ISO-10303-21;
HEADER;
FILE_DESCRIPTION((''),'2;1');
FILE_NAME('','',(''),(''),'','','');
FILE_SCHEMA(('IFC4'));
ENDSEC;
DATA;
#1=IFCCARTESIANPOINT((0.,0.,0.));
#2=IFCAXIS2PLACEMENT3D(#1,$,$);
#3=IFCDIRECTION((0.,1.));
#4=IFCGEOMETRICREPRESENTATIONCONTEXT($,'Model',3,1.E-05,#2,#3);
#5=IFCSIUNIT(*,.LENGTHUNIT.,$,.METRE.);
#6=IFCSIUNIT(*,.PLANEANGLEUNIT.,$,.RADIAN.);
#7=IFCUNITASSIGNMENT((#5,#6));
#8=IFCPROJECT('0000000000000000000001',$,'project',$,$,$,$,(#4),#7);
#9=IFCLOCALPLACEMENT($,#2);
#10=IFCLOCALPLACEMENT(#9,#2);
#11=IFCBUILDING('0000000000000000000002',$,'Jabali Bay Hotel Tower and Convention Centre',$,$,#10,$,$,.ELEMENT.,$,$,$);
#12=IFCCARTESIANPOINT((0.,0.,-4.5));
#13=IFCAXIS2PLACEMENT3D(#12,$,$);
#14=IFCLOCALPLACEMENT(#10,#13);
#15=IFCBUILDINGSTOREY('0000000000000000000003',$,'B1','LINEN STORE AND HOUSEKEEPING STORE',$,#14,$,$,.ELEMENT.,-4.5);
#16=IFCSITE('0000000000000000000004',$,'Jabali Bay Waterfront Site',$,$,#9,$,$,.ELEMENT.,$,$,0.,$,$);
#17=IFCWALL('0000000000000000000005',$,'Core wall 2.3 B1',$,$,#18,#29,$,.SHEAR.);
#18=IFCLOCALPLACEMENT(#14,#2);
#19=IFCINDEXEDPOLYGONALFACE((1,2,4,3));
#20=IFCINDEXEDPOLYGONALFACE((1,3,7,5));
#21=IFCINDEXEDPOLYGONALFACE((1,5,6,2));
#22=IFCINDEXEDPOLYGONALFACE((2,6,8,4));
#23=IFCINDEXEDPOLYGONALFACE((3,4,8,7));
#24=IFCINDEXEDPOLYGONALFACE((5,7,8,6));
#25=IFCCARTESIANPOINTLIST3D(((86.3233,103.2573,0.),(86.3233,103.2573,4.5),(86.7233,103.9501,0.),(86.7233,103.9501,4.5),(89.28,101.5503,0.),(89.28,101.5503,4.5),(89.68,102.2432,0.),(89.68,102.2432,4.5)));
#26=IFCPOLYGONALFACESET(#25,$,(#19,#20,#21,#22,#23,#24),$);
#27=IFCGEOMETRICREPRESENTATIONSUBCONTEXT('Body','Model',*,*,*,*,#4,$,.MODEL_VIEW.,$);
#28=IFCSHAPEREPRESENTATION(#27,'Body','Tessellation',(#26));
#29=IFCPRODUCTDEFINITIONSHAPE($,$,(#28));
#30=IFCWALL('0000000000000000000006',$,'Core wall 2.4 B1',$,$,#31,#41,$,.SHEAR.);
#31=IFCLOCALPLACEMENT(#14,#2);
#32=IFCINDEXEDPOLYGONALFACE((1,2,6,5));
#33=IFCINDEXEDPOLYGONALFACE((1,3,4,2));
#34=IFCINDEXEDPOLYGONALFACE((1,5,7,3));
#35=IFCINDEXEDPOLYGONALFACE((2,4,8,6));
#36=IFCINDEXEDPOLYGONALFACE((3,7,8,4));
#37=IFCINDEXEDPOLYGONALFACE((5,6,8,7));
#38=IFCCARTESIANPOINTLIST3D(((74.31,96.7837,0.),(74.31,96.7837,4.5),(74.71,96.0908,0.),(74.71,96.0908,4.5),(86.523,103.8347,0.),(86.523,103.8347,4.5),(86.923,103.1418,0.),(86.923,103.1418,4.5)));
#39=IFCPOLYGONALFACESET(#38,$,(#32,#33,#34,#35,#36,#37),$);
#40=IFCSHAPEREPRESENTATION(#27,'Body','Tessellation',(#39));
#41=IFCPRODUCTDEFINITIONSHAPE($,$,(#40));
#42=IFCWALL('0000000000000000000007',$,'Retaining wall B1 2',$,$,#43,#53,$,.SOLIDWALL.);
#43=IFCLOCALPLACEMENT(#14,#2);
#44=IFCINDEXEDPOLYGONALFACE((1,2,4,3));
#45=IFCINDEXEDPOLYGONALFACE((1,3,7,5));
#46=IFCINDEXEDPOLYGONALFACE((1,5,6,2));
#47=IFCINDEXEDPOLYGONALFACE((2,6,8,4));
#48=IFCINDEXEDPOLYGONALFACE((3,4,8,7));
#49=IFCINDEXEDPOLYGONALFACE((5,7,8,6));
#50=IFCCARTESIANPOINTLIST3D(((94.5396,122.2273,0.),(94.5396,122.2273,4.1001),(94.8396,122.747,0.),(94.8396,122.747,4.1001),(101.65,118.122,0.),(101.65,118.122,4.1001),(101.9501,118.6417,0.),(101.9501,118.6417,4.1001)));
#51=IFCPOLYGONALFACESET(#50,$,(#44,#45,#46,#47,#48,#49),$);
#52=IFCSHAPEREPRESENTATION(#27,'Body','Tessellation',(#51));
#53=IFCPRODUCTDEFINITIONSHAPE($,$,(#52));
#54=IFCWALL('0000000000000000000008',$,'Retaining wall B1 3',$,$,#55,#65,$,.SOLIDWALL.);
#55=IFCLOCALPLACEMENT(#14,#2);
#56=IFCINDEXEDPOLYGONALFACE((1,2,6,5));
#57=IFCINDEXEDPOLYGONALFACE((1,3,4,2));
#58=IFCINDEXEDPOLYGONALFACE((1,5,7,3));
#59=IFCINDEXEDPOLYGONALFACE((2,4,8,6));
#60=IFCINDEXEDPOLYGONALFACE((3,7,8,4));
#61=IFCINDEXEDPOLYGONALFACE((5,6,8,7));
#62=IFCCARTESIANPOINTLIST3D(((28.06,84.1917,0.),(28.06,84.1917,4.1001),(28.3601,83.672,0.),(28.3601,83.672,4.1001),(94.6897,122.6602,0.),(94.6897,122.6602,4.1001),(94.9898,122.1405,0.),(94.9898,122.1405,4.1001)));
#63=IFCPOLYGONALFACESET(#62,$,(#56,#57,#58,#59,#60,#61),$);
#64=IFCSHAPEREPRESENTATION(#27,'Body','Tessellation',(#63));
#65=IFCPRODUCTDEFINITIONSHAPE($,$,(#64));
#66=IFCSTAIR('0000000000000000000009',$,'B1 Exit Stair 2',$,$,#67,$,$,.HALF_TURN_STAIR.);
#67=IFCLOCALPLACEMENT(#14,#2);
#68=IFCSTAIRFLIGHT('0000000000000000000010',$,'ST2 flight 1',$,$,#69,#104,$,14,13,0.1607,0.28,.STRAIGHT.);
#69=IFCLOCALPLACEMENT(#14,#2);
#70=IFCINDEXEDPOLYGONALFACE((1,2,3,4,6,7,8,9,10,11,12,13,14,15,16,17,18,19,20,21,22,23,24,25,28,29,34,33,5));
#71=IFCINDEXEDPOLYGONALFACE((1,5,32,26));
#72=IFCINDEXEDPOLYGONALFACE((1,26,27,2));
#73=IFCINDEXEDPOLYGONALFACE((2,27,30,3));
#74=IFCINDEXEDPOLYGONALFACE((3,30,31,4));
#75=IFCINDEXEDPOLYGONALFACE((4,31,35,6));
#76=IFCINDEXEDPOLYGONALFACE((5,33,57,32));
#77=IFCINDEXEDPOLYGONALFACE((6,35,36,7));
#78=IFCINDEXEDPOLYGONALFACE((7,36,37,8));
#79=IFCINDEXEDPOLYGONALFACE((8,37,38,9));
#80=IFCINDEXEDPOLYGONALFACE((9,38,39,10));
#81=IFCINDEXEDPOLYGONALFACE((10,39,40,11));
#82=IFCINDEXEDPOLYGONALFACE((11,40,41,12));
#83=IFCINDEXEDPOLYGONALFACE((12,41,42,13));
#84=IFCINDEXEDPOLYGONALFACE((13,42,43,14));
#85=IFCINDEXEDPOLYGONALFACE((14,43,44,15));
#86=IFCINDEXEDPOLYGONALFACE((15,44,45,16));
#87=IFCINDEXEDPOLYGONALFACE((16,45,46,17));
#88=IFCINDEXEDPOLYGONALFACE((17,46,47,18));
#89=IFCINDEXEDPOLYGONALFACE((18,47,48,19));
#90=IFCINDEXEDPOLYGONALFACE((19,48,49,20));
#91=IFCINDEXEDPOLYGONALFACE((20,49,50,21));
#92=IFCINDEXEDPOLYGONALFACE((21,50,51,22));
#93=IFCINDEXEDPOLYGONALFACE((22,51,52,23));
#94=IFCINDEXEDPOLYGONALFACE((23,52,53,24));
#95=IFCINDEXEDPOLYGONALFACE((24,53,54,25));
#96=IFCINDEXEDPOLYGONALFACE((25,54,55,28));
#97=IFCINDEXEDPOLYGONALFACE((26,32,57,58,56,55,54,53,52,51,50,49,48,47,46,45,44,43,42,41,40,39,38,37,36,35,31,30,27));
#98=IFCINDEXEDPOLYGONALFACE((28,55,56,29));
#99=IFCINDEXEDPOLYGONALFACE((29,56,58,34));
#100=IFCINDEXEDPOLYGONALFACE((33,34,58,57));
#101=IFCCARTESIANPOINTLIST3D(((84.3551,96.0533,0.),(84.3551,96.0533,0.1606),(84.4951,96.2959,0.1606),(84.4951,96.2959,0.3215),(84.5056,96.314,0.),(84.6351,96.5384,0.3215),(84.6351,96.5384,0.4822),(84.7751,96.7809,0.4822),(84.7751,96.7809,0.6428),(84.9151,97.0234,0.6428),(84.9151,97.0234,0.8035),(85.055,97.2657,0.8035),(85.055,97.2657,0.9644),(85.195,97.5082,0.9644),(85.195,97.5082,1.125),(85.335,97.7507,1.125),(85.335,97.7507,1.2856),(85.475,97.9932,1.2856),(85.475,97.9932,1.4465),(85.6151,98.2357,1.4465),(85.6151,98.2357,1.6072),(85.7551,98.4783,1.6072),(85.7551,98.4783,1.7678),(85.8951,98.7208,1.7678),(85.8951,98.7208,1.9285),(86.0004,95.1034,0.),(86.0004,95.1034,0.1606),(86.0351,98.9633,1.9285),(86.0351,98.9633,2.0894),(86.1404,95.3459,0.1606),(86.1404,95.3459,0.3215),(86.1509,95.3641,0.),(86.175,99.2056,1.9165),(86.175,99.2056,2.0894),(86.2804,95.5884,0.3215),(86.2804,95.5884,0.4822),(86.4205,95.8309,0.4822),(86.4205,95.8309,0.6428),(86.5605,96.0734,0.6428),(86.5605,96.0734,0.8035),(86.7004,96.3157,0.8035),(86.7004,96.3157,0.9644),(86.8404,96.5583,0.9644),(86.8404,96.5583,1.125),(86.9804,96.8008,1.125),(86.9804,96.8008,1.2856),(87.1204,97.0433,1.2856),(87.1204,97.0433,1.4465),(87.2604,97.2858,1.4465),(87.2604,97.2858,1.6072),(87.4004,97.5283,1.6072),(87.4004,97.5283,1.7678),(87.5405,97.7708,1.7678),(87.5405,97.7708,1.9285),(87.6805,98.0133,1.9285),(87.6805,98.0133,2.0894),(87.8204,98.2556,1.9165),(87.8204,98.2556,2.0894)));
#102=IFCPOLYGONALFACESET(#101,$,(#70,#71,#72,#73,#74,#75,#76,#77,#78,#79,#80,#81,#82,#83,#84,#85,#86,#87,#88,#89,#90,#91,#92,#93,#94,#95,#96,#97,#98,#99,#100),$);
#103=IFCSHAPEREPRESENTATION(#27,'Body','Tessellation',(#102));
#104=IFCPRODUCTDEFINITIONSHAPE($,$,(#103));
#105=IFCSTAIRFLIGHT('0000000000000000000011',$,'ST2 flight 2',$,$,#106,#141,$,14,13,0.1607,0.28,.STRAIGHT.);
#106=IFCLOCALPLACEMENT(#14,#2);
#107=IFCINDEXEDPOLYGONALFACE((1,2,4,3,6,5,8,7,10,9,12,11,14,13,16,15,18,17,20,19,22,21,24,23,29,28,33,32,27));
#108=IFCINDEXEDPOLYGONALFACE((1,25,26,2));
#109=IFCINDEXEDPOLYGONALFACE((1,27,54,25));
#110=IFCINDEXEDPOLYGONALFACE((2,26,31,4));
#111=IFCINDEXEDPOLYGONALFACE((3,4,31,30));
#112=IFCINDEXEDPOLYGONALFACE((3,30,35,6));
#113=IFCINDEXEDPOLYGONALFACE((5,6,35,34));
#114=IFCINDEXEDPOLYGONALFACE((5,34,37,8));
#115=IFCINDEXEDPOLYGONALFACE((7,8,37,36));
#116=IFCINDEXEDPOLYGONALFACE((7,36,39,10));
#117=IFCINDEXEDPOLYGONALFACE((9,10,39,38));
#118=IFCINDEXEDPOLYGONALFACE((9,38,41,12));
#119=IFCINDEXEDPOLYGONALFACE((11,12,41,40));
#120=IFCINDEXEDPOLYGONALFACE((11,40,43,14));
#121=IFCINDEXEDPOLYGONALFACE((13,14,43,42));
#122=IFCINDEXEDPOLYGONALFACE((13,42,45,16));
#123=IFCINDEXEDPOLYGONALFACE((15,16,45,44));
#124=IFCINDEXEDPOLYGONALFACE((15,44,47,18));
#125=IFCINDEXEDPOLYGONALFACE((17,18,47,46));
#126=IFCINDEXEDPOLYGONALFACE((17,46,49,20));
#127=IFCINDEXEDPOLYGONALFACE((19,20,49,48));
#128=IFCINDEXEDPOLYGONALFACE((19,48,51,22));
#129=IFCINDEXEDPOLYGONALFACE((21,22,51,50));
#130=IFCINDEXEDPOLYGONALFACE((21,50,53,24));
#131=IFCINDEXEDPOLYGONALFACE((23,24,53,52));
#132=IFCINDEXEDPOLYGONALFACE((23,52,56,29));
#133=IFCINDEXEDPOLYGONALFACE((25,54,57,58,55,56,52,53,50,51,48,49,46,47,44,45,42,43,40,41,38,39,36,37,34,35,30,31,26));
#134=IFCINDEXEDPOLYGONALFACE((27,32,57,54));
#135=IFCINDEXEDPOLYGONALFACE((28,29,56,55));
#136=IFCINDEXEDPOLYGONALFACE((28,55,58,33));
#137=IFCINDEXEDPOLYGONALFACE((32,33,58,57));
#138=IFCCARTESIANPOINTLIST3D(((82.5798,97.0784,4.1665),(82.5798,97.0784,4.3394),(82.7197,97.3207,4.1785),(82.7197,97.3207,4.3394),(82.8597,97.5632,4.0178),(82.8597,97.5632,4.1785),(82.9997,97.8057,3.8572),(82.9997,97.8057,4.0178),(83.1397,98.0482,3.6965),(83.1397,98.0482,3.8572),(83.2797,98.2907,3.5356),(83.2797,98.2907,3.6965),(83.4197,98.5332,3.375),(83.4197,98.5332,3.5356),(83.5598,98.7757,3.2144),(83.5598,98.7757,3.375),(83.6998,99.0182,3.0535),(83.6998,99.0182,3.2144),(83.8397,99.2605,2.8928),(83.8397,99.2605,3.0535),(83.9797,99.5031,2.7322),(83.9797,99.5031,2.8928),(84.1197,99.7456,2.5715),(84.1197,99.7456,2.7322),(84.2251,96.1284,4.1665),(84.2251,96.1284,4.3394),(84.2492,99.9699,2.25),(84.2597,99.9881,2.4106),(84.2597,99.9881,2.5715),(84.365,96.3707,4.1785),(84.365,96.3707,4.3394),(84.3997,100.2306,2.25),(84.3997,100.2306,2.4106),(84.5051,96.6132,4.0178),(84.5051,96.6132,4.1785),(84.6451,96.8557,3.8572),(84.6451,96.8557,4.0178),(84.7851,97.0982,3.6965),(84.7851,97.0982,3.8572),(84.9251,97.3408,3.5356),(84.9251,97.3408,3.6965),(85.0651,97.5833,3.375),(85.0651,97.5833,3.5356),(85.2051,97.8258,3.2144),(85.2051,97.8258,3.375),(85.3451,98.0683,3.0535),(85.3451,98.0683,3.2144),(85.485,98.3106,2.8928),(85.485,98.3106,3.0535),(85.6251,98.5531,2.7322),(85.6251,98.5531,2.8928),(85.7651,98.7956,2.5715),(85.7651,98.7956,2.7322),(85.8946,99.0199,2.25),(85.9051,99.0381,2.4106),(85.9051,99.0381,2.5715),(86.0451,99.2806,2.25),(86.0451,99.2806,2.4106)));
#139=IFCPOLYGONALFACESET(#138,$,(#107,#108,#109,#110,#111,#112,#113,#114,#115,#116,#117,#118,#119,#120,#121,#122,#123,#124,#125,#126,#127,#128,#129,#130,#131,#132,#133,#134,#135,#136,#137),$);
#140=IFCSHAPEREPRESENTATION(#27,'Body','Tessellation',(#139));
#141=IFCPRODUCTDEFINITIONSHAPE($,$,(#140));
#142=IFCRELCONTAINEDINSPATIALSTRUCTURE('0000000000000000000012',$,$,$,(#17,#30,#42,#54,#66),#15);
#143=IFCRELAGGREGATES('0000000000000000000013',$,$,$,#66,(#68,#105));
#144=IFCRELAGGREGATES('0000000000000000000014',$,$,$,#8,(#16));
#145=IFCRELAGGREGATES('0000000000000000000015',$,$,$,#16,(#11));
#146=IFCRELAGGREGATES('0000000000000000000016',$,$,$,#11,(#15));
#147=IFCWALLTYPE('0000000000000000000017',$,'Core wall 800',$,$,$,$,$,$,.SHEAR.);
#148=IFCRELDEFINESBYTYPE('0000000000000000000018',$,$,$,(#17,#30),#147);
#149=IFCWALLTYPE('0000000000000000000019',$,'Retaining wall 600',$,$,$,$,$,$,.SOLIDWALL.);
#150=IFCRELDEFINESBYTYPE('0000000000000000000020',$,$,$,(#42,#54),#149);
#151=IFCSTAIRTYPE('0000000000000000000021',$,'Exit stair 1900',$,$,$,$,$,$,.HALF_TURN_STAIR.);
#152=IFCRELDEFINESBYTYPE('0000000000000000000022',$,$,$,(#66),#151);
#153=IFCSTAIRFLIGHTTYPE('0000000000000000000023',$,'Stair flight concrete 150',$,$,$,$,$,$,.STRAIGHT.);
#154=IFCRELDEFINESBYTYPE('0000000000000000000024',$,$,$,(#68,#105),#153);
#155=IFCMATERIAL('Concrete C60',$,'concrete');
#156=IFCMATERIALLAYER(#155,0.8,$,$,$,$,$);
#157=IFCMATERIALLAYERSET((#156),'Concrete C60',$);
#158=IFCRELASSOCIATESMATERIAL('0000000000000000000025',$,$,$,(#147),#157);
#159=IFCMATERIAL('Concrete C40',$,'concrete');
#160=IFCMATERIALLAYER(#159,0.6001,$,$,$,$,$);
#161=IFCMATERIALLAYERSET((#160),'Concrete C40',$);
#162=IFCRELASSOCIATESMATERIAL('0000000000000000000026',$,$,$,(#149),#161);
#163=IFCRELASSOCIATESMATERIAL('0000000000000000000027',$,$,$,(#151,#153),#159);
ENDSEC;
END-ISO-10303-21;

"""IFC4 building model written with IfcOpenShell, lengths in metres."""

from ifc_helpers import new_model, si_unit, direction, frame, frame_2d, origin, place, context, subcontext, project, spatial, polyline, rectangle, outline, extrude, material, layer, layer_set, type_object, element, aggregate, save


model = new_model("IFC4")

# Units and contexts
model_context = context("Model", 3, precision=1e-05, world=origin(), true_north=direction((0.0, 1.0)))
body_context = subcontext(model_context, "Body", "Model", "MODEL_VIEW")
ifc_project = project(units=[si_unit("LENGTHUNIT", "METRE"), si_unit("PLANEANGLEUNIT", "RADIAN")], contexts=[model_context])

# Site, building, storey
site_placement = place(None, origin())
site = spatial("IfcSite", under=ifc_project, at=site_placement, Name="Jabali Bay Waterfront Site", CompositionType="ELEMENT", RefElevation=0.0)
building_placement = place(site_placement, origin())
building = spatial("IfcBuilding", under=site, at=building_placement, Name="Jabali Bay Hotel Tower and Convention Centre", CompositionType="ELEMENT")
storey_placement = place(building_placement, frame((0.0, 0.0, -4.5)))
storey = spatial("IfcBuildingStorey", under=building, at=storey_placement, Name="B1", Description="LINEN STORE AND HOUSEKEEPING STORE", CompositionType="ELEMENT", Elevation=-4.5)

# Shared definitions
ifc_material_1 = material(Name="Concrete C60", Category="concrete")

# Shared definitions
ifc_material_2 = material(Name="Concrete C40", Category="concrete")

# Walls
ifc_layer_1 = layer(ifc_material_1, 0.8)
ifc_layer_set_1 = layer_set([ifc_layer_1], Name="Concrete C60")
wall_type_1 = type_object("IfcWallType", Name="Core wall 800", PredefinedType="SHEAR", material=ifc_layer_set_1)
wall_1_placement = place(storey_placement, frame((89.48, 101.8967, 0.0), z_axis=(0.0, 0.0, 1.0), x_axis=(-0.866034, 0.499984, 0.0)))
element("IfcWall", 1, at=wall_1_placement, inside=storey, type_object=wall_type_1, Name="Core wall 2.3 B1", PredefinedType="SHEAR", context=body_context, shape_type="SweptSolid", body=[
    extrude(rectangle(XDim=3.4141, YDim=0.8, at=frame_2d((1.707, 0.0))), origin(), (0.0, 0.0, 1.0), 4.5),
])
wall_2_placement = place(storey_placement, frame((86.7231, 103.4883, 0.0), z_axis=(0.0, 0.0, 1.0), x_axis=(-0.866033, -0.499988, 0.0)))
element("IfcWall", 2, at=wall_2_placement, inside=storey, type_object=wall_type_1, Name="Core wall 2.4 B1", PredefinedType="SHEAR", context=body_context, shape_type="SweptSolid", body=[
    extrude(rectangle(XDim=14.1023, YDim=0.8, at=frame_2d((7.0513, 0.0))), origin(), (0.0, 0.0, 1.0), 4.5),
])
ifc_layer_2 = layer(ifc_material_2, 0.6001)
ifc_layer_set_2 = layer_set([ifc_layer_2], Name="Concrete C40")
wall_type_2 = type_object("IfcWallType", Name="Retaining wall 600", PredefinedType="SOLIDWALL", material=ifc_layer_set_2)
wall_3_placement = place(storey_placement, frame((101.8, 118.3818, 0.0), z_axis=(0.0, 0.0, 1.0), x_axis=(-0.866022, 0.500006, 0.0)))
element("IfcWall", 3, at=wall_3_placement, inside=storey, type_object=wall_type_2, Name="Retaining wall B1 2", PredefinedType="SOLIDWALL", context=body_context, shape_type="SweptSolid", body=[
    extrude(rectangle(XDim=8.2104, YDim=0.6001, at=frame_2d((4.1052, 0.0))), origin(), (0.0, 0.0, 1.0), 4.1001),
])
wall_4_placement = place(storey_placement, frame((94.8398, 122.4004, 0.0), z_axis=(0.0, 0.0, 1.0), x_axis=(-0.866026, -0.499999, 0.0)))
element("IfcWall", 4, at=wall_4_placement, inside=storey, type_object=wall_type_2, Name="Retaining wall B1 3", PredefinedType="SOLIDWALL", context=body_context, shape_type="SweptSolid", body=[
    extrude(rectangle(XDim=76.9373, YDim=0.6001, at=frame_2d((38.4688, 0.0))), origin(), (0.0, 0.0, 1.0), 4.1001),
])

# Stair, stair flights
stair_type = type_object("IfcStairType", Name="Exit stair 1900", PredefinedType="HALF_TURN_STAIR", material=ifc_material_2)
stair_placement = place(storey_placement, origin())
stair = element("IfcStair", 5, at=stair_placement, inside=storey, type_object=stair_type, Name="B1 Exit Stair 2", PredefinedType="HALF_TURN_STAIR")
stair_flight_type = type_object("IfcStairFlightType", Name="Stair flight concrete 150", PredefinedType="STRAIGHT", material=ifc_material_2)
stair_flight_1_placement = place(storey_placement, frame((85.1777, 95.5784, 0.0), z_axis=(0.0, 0.0, 1.0), x_axis=(0.5, 0.866025, 0.0)))
stair_flight_1 = element("IfcStairFlight", 6, at=stair_flight_1_placement, type_object=stair_flight_type, Name="ST2 flight 1", NumberOfRisers=14, NumberOfTreads=13, PredefinedType="STRAIGHT", RiserHeight=0.1607, TreadLength=0.28, context=body_context, shape_type="SweptSolid", body=[
    extrude(outline(polyline([(0.0, 0.0), (0.0, 0.1606), (0.28, 0.1606), (0.28, 0.3215), (0.5601, 0.3215), (0.5601, 0.4822), (0.8401, 0.4822), (0.8401, 0.6428), (1.1201, 0.6428), (1.1201, 0.8035), (1.3999, 0.8035), (1.3999, 0.9644), (1.6799, 0.9644), (1.6799, 1.125), (1.96, 1.125), (1.96, 1.2856), (2.24, 1.2856), (2.24, 1.4465), (2.52, 1.4465), (2.52, 1.6072), (2.8, 1.6072), (2.8, 1.7678), (3.0801, 1.7678), (3.0801, 1.9285), (3.3601, 1.9285), (3.3601, 2.0894), (3.6399, 2.0894), (3.6399, 2.25), (3.6399, 1.9165), (0.301, 0.0), (0.0, 0.0)])), frame((0.0, 0.95, 0.0), z_axis=(0.0, -1.0, 0.0), x_axis=(1.0, 0.0, 0.0)), (0.0, 0.0, 1.0), 1.8999),
])
stair_flight_2_placement = place(storey_placement, frame((85.2224, 99.7556, 2.25), z_axis=(0.0, 0.0, 1.0), x_axis=(-0.5, -0.866025, 0.0)))
stair_flight_2 = element("IfcStairFlight", 7, at=stair_flight_2_placement, type_object=stair_flight_type, Name="ST2 flight 2", NumberOfRisers=14, NumberOfTreads=13, PredefinedType="STRAIGHT", RiserHeight=0.1607, TreadLength=0.28, context=body_context, shape_type="SweptSolid", body=[
    extrude(outline(polyline([(0.0, 0.0), (0.0, 0.1606), (0.28, 0.1606), (0.28, 0.3215), (0.5601, 0.3215), (0.5601, 0.4822), (0.8401, 0.4822), (0.8401, 0.6428), (1.1201, 0.6428), (1.1201, 0.8035), (1.3999, 0.8035), (1.3999, 0.9644), (1.6799, 0.9644), (1.6799, 1.125), (1.96, 1.125), (1.96, 1.2856), (2.24, 1.2856), (2.24, 1.4465), (2.52, 1.4465), (2.52, 1.6072), (2.8, 1.6072), (2.8, 1.7678), (3.0801, 1.7678), (3.0801, 1.9285), (3.3601, 1.9285), (3.3601, 2.0894), (3.6399, 2.0894), (3.6399, 2.25), (3.6399, 1.9165), (0.301, 0.0), (0.0, 0.0)])), frame((0.0, 0.95, 0.0), z_axis=(0.0, -1.0, 0.0), x_axis=(1.0, 0.0, 0.0)), (0.0, 0.0, 1.0), 1.8999),
])
aggregate(stair, [stair_flight_1, stair_flight_2])

save(model, "model.ifc")
